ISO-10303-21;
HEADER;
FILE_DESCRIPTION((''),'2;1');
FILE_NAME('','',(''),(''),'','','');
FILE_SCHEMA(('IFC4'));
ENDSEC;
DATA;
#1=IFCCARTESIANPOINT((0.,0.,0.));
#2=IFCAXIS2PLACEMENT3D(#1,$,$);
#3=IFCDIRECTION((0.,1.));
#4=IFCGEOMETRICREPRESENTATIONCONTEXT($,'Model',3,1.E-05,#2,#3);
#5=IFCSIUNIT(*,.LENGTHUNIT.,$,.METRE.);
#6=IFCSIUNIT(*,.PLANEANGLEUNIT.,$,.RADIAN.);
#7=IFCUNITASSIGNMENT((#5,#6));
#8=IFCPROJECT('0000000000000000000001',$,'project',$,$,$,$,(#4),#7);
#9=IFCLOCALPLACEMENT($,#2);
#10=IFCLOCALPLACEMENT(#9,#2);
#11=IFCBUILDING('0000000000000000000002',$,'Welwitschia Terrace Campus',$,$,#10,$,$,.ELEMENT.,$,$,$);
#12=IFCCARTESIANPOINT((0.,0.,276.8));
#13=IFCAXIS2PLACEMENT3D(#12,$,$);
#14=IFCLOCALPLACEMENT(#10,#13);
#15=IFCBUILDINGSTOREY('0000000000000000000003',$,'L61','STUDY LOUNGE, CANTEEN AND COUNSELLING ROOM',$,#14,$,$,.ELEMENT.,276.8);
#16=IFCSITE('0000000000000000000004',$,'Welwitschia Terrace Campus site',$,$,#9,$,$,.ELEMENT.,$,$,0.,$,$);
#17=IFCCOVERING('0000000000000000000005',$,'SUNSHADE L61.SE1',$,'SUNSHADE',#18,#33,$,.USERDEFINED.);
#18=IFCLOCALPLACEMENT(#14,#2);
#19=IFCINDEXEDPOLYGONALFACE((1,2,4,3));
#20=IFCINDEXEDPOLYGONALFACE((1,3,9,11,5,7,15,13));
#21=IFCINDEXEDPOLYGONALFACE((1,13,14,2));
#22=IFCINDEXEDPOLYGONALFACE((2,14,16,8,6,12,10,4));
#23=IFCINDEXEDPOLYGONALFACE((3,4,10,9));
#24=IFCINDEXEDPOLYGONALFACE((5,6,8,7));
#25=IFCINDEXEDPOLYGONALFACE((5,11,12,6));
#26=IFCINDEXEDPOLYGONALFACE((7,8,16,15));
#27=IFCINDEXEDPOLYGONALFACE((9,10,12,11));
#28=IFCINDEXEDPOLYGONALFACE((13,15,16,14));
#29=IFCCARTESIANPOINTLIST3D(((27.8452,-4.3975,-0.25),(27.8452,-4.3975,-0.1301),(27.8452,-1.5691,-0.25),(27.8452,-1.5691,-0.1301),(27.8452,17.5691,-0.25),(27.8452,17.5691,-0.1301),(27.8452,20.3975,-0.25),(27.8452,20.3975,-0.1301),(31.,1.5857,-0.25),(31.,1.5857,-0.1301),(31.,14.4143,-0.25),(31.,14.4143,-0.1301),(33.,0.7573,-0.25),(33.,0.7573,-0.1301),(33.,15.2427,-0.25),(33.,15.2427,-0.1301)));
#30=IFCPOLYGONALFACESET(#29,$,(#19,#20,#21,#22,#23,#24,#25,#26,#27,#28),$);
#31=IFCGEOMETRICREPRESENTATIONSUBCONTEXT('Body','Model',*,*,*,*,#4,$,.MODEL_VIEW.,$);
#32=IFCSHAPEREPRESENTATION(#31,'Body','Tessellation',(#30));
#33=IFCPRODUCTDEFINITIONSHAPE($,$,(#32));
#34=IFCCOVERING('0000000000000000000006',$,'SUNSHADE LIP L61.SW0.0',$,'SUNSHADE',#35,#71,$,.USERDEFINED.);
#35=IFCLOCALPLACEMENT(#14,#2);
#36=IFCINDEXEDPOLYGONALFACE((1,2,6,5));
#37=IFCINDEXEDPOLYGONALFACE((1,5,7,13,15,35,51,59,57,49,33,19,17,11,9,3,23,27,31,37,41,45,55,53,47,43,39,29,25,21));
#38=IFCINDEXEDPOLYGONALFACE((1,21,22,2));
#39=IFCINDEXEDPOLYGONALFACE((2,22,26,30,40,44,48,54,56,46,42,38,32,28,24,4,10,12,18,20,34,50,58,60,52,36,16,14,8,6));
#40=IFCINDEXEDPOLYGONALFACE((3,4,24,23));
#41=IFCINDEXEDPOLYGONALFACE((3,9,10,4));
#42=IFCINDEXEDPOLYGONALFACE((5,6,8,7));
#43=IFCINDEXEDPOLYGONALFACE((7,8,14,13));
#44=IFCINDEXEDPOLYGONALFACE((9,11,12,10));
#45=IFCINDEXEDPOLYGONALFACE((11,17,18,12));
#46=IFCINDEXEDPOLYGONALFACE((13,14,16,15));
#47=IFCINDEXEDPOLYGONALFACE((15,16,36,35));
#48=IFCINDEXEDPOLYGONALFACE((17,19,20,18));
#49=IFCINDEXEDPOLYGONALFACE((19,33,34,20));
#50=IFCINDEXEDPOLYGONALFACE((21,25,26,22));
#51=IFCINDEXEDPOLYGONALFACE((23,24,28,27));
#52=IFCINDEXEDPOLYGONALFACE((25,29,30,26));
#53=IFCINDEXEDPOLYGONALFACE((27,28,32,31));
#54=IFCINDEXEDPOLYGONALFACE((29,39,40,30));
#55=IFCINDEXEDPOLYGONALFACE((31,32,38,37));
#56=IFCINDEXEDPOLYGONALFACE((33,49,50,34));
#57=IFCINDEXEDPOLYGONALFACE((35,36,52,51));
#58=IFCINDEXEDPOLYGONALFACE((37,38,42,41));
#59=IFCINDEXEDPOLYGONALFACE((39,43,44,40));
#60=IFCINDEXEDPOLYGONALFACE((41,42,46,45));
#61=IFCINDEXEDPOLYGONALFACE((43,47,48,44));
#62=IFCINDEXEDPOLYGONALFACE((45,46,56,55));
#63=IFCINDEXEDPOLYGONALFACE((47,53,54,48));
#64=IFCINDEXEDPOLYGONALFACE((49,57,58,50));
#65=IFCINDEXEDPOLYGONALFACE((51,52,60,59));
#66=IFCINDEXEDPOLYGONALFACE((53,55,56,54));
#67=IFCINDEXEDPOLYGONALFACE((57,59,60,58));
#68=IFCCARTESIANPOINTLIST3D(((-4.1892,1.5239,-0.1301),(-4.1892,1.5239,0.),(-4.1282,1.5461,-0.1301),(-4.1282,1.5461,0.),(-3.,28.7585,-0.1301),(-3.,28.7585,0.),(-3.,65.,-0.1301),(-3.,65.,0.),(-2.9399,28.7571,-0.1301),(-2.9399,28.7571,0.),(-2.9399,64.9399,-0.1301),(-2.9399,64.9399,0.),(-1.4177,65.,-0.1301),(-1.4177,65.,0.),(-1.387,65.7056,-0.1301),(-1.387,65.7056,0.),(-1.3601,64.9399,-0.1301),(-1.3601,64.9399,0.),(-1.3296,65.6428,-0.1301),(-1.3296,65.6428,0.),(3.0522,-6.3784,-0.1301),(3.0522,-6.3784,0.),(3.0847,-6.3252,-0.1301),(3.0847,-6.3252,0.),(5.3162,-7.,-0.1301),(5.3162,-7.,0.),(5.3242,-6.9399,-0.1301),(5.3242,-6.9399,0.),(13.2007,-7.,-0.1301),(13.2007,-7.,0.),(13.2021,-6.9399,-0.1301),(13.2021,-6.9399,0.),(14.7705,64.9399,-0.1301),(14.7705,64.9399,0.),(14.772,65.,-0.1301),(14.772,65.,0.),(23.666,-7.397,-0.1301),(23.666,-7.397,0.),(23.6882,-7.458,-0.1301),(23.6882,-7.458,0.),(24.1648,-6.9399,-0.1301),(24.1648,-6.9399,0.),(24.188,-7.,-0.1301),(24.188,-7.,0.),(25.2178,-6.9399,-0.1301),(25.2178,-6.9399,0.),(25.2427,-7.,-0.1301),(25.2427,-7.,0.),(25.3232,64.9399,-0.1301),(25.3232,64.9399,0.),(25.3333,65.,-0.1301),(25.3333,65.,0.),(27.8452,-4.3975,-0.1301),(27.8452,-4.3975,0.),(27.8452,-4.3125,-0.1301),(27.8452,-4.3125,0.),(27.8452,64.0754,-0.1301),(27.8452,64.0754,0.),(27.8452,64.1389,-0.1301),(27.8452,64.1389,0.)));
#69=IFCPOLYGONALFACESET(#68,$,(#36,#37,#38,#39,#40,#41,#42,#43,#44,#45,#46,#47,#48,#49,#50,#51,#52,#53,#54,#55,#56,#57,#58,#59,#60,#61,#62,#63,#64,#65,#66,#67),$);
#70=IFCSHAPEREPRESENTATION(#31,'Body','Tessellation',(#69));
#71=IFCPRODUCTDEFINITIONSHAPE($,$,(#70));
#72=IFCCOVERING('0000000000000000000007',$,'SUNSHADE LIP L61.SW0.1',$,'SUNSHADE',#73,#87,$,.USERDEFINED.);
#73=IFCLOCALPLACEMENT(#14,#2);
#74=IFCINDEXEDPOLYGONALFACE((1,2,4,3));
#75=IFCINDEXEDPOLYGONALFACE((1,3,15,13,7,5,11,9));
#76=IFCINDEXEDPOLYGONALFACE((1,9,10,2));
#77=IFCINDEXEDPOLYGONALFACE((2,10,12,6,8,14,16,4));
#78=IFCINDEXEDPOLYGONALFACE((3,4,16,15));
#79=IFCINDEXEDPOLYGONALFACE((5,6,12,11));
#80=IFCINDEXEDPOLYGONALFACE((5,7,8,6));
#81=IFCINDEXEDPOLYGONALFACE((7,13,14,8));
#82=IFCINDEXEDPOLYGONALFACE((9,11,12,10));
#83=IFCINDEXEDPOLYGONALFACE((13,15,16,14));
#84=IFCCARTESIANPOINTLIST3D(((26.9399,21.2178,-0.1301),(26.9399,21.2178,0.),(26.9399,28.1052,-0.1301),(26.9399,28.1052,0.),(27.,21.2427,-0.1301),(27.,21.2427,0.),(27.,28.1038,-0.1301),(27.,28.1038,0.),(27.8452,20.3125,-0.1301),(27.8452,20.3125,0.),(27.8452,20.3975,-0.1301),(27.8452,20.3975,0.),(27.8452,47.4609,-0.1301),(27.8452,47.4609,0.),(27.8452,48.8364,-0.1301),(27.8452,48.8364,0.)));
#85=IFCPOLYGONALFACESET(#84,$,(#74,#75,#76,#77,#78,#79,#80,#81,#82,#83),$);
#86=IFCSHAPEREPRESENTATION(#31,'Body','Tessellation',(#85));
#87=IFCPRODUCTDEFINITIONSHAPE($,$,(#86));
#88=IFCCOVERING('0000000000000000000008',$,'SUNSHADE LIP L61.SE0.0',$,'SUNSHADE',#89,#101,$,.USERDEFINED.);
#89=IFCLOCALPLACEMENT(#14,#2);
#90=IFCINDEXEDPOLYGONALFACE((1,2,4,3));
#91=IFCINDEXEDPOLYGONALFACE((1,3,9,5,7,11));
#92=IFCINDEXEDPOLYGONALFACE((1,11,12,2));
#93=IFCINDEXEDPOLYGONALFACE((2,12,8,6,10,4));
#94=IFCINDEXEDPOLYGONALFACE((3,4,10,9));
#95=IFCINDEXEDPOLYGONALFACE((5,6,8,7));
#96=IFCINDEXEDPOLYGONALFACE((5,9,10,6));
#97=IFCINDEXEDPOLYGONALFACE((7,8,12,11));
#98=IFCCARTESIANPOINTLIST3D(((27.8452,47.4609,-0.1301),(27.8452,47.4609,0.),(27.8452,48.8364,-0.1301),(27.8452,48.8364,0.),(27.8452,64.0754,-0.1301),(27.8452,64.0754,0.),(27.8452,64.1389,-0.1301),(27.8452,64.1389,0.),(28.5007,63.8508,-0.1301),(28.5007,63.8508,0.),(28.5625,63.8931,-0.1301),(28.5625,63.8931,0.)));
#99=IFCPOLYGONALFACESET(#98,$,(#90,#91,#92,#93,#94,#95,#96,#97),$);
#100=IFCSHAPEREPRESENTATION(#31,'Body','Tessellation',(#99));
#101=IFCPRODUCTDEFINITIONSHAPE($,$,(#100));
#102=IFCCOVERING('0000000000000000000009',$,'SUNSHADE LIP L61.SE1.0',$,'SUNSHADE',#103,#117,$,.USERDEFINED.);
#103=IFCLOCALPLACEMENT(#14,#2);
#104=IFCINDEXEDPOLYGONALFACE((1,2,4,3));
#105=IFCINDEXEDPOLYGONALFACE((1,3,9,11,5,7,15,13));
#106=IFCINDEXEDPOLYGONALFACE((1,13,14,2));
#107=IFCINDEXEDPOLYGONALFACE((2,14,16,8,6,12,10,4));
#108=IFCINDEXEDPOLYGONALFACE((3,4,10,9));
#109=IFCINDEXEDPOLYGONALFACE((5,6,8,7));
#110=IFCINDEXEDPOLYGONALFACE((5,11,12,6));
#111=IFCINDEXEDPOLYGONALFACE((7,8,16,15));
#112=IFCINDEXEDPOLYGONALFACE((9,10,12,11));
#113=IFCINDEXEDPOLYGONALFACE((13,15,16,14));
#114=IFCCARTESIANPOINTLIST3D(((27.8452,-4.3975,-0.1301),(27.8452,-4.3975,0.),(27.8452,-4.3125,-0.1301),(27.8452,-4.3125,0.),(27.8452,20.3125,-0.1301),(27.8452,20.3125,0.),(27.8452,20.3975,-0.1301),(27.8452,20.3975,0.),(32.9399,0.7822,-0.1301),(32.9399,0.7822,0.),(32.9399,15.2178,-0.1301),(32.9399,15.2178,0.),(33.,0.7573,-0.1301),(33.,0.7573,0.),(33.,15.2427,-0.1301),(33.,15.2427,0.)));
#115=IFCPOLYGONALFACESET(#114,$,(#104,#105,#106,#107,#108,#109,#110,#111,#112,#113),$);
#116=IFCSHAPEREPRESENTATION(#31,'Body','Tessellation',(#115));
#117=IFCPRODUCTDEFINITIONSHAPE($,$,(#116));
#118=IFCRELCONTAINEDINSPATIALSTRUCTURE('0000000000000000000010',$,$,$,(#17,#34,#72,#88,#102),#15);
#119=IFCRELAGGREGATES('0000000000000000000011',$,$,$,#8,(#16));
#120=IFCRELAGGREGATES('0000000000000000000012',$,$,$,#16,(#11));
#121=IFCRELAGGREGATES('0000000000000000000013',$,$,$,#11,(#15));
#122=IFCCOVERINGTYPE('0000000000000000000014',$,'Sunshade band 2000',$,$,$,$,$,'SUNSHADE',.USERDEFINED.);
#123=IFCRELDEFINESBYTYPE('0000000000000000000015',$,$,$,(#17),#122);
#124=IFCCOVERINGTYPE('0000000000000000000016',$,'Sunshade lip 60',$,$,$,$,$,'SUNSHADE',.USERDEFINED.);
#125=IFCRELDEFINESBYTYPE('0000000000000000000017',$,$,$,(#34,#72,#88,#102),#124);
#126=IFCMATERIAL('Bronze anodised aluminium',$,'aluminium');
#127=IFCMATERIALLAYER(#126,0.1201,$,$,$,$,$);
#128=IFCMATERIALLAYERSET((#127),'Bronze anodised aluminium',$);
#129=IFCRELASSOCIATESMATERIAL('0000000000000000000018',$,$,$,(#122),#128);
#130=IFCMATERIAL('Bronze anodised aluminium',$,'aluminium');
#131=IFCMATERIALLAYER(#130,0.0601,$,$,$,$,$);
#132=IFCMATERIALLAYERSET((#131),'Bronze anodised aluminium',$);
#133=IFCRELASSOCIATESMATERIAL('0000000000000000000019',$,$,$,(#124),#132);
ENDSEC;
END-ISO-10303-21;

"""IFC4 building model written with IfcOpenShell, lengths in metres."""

from ifc_helpers import new_model, si_unit, direction, frame, origin, place, context, subcontext, project, spatial, polyline, outline, extrude, material, layer, layer_set, type_object, element, save


model = new_model("IFC4")

# Units and contexts
model_context = context("Model", 3, precision=1e-05, world=origin(), true_north=direction((0.0, 1.0)))
body_context = subcontext(model_context, "Body", "Model", "MODEL_VIEW")
ifc_project = project(units=[si_unit("LENGTHUNIT", "METRE"), si_unit("PLANEANGLEUNIT", "RADIAN")], contexts=[model_context])

# Site, building, storey
site_placement = place(None, origin())
site = spatial("IfcSite", under=ifc_project, at=site_placement, Name="Welwitschia Terrace Campus site", CompositionType="ELEMENT", RefElevation=0.0)
building_placement = place(site_placement, origin())
building = spatial("IfcBuilding", under=site, at=building_placement, Name="Welwitschia Terrace Campus", CompositionType="ELEMENT")
storey_placement = place(building_placement, frame((0.0, 0.0, 276.8)))
storey = spatial("IfcBuildingStorey", under=building, at=storey_placement, Name="L61", Description="STUDY LOUNGE, CANTEEN AND COUNSELLING ROOM", CompositionType="ELEMENT", Elevation=276.8)

# Coverings
ifc_material_1 = material(Name="Bronze anodised aluminium", Category="aluminium")
ifc_layer_1 = layer(ifc_material_1, 0.1201)
ifc_layer_set_1 = layer_set([ifc_layer_1], Name="Bronze anodised aluminium")
covering_type_1 = type_object("IfcCoveringType", Name="Sunshade band 2000", ElementType="SUNSHADE", PredefinedType="USERDEFINED", material=ifc_layer_set_1)
covering_1_placement = place(storey_placement, frame((0.0, 0.0, -0.25)))
element("IfcCovering", 1, at=covering_1_placement, inside=storey, type_object=covering_type_1, Name="SUNSHADE L61.SE1", ObjectType="SUNSHADE", PredefinedType="USERDEFINED", context=body_context, shape_type="SweptSolid", body=[
    extrude(outline(polyline([(33.0, 15.2427), (33.0, 0.7573), (27.8452, -4.3975), (27.8452, -1.5691), (31.0, 1.5857), (31.0, 14.4143), (27.8452, 17.5691), (27.8452, 20.3975), (33.0, 15.2427)])), origin(), (0.0, 0.0, 1.0), 0.1199),
])
ifc_material_2 = material(Name="Bronze anodised aluminium", Category="aluminium")
ifc_layer_2 = layer(ifc_material_2, 0.0601)
ifc_layer_set_2 = layer_set([ifc_layer_2], Name="Bronze anodised aluminium")
covering_type_2 = type_object("IfcCoveringType", Name="Sunshade lip 60", ElementType="SUNSHADE", PredefinedType="USERDEFINED", material=ifc_layer_set_2)
covering_2_placement = place(storey_placement, frame((0.0, 0.0, -0.1301)))
element("IfcCovering", 2, at=covering_2_placement, inside=storey, type_object=covering_type_2, Name="SUNSHADE LIP L61.SW0.0", ObjectType="SUNSHADE", PredefinedType="USERDEFINED", context=body_context, shape_type="SweptSolid", body=[
    extrude(outline(polyline([(14.772, 65.0), (25.3333, 65.0), (27.8452, 64.1389), (27.8452, 64.0754), (25.3232, 64.9399), (14.7705, 64.9399), (-1.3296, 65.6428), (-1.3601, 64.9399), (-2.9399, 64.9399), (-2.9399, 28.7571), (-4.1282, 1.5461), (3.0847, -6.3252), (5.3242, -6.9399), (13.2021, -6.9399), (23.666, -7.397), (24.1648, -6.9399), (25.2178, -6.9399), (27.8452, -4.3125), (27.8452, -4.3975), (25.2427, -7.0), (24.188, -7.0), (23.6882, -7.458), (13.2007, -7.0), (5.3162, -7.0), (3.0522, -6.3784), (-4.1892, 1.5239), (-3.0, 28.7585), (-3.0, 65.0), (-1.4177, 65.0), (-1.387, 65.7056), (14.772, 65.0)])), origin(), (0.0, 0.0, 1.0), 0.1301),
])
covering_3_placement = place(storey_placement, frame((0.0, 0.0, -0.1301)))
element("IfcCovering", 3, at=covering_3_placement, inside=storey, type_object=covering_type_2, Name="SUNSHADE LIP L61.SW0.1", ObjectType="SUNSHADE", PredefinedType="USERDEFINED", context=body_context, shape_type="SweptSolid", body=[
    extrude(outline(polyline([(27.8452, 47.4609), (27.0, 28.1038), (27.0, 21.2427), (27.8452, 20.3975), (27.8452, 20.3125), (26.9399, 21.2178), (26.9399, 28.1052), (27.8452, 48.8364), (27.8452, 47.4609)])), origin(), (0.0, 0.0, 1.0), 0.1301),
])
covering_4_placement = place(storey_placement, frame((0.0, 0.0, -0.1301)))
element("IfcCovering", 4, at=covering_4_placement, inside=storey, type_object=covering_type_2, Name="SUNSHADE LIP L61.SE0.0", ObjectType="SUNSHADE", PredefinedType="USERDEFINED", context=body_context, shape_type="SweptSolid", body=[
    extrude(outline(polyline([(27.8452, 47.4609), (27.8452, 48.8364), (28.5007, 63.8508), (27.8452, 64.0754), (27.8452, 64.1389), (28.5625, 63.8931), (27.8452, 47.4609)])), origin(), (0.0, 0.0, 1.0), 0.1301),
])
covering_5_placement = place(storey_placement, frame((0.0, 0.0, -0.1301)))
element("IfcCovering", 5, at=covering_5_placement, inside=storey, type_object=covering_type_2, Name="SUNSHADE LIP L61.SE1.0", ObjectType="SUNSHADE", PredefinedType="USERDEFINED", context=body_context, shape_type="SweptSolid", body=[
    extrude(outline(polyline([(33.0, 0.7573), (27.8452, -4.3975), (27.8452, -4.3125), (32.9399, 0.7822), (32.9399, 15.2178), (27.8452, 20.3125), (27.8452, 20.3975), (33.0, 15.2427), (33.0, 0.7573)])), origin(), (0.0, 0.0, 1.0), 0.1301),
])

save(model, "model.ifc")
